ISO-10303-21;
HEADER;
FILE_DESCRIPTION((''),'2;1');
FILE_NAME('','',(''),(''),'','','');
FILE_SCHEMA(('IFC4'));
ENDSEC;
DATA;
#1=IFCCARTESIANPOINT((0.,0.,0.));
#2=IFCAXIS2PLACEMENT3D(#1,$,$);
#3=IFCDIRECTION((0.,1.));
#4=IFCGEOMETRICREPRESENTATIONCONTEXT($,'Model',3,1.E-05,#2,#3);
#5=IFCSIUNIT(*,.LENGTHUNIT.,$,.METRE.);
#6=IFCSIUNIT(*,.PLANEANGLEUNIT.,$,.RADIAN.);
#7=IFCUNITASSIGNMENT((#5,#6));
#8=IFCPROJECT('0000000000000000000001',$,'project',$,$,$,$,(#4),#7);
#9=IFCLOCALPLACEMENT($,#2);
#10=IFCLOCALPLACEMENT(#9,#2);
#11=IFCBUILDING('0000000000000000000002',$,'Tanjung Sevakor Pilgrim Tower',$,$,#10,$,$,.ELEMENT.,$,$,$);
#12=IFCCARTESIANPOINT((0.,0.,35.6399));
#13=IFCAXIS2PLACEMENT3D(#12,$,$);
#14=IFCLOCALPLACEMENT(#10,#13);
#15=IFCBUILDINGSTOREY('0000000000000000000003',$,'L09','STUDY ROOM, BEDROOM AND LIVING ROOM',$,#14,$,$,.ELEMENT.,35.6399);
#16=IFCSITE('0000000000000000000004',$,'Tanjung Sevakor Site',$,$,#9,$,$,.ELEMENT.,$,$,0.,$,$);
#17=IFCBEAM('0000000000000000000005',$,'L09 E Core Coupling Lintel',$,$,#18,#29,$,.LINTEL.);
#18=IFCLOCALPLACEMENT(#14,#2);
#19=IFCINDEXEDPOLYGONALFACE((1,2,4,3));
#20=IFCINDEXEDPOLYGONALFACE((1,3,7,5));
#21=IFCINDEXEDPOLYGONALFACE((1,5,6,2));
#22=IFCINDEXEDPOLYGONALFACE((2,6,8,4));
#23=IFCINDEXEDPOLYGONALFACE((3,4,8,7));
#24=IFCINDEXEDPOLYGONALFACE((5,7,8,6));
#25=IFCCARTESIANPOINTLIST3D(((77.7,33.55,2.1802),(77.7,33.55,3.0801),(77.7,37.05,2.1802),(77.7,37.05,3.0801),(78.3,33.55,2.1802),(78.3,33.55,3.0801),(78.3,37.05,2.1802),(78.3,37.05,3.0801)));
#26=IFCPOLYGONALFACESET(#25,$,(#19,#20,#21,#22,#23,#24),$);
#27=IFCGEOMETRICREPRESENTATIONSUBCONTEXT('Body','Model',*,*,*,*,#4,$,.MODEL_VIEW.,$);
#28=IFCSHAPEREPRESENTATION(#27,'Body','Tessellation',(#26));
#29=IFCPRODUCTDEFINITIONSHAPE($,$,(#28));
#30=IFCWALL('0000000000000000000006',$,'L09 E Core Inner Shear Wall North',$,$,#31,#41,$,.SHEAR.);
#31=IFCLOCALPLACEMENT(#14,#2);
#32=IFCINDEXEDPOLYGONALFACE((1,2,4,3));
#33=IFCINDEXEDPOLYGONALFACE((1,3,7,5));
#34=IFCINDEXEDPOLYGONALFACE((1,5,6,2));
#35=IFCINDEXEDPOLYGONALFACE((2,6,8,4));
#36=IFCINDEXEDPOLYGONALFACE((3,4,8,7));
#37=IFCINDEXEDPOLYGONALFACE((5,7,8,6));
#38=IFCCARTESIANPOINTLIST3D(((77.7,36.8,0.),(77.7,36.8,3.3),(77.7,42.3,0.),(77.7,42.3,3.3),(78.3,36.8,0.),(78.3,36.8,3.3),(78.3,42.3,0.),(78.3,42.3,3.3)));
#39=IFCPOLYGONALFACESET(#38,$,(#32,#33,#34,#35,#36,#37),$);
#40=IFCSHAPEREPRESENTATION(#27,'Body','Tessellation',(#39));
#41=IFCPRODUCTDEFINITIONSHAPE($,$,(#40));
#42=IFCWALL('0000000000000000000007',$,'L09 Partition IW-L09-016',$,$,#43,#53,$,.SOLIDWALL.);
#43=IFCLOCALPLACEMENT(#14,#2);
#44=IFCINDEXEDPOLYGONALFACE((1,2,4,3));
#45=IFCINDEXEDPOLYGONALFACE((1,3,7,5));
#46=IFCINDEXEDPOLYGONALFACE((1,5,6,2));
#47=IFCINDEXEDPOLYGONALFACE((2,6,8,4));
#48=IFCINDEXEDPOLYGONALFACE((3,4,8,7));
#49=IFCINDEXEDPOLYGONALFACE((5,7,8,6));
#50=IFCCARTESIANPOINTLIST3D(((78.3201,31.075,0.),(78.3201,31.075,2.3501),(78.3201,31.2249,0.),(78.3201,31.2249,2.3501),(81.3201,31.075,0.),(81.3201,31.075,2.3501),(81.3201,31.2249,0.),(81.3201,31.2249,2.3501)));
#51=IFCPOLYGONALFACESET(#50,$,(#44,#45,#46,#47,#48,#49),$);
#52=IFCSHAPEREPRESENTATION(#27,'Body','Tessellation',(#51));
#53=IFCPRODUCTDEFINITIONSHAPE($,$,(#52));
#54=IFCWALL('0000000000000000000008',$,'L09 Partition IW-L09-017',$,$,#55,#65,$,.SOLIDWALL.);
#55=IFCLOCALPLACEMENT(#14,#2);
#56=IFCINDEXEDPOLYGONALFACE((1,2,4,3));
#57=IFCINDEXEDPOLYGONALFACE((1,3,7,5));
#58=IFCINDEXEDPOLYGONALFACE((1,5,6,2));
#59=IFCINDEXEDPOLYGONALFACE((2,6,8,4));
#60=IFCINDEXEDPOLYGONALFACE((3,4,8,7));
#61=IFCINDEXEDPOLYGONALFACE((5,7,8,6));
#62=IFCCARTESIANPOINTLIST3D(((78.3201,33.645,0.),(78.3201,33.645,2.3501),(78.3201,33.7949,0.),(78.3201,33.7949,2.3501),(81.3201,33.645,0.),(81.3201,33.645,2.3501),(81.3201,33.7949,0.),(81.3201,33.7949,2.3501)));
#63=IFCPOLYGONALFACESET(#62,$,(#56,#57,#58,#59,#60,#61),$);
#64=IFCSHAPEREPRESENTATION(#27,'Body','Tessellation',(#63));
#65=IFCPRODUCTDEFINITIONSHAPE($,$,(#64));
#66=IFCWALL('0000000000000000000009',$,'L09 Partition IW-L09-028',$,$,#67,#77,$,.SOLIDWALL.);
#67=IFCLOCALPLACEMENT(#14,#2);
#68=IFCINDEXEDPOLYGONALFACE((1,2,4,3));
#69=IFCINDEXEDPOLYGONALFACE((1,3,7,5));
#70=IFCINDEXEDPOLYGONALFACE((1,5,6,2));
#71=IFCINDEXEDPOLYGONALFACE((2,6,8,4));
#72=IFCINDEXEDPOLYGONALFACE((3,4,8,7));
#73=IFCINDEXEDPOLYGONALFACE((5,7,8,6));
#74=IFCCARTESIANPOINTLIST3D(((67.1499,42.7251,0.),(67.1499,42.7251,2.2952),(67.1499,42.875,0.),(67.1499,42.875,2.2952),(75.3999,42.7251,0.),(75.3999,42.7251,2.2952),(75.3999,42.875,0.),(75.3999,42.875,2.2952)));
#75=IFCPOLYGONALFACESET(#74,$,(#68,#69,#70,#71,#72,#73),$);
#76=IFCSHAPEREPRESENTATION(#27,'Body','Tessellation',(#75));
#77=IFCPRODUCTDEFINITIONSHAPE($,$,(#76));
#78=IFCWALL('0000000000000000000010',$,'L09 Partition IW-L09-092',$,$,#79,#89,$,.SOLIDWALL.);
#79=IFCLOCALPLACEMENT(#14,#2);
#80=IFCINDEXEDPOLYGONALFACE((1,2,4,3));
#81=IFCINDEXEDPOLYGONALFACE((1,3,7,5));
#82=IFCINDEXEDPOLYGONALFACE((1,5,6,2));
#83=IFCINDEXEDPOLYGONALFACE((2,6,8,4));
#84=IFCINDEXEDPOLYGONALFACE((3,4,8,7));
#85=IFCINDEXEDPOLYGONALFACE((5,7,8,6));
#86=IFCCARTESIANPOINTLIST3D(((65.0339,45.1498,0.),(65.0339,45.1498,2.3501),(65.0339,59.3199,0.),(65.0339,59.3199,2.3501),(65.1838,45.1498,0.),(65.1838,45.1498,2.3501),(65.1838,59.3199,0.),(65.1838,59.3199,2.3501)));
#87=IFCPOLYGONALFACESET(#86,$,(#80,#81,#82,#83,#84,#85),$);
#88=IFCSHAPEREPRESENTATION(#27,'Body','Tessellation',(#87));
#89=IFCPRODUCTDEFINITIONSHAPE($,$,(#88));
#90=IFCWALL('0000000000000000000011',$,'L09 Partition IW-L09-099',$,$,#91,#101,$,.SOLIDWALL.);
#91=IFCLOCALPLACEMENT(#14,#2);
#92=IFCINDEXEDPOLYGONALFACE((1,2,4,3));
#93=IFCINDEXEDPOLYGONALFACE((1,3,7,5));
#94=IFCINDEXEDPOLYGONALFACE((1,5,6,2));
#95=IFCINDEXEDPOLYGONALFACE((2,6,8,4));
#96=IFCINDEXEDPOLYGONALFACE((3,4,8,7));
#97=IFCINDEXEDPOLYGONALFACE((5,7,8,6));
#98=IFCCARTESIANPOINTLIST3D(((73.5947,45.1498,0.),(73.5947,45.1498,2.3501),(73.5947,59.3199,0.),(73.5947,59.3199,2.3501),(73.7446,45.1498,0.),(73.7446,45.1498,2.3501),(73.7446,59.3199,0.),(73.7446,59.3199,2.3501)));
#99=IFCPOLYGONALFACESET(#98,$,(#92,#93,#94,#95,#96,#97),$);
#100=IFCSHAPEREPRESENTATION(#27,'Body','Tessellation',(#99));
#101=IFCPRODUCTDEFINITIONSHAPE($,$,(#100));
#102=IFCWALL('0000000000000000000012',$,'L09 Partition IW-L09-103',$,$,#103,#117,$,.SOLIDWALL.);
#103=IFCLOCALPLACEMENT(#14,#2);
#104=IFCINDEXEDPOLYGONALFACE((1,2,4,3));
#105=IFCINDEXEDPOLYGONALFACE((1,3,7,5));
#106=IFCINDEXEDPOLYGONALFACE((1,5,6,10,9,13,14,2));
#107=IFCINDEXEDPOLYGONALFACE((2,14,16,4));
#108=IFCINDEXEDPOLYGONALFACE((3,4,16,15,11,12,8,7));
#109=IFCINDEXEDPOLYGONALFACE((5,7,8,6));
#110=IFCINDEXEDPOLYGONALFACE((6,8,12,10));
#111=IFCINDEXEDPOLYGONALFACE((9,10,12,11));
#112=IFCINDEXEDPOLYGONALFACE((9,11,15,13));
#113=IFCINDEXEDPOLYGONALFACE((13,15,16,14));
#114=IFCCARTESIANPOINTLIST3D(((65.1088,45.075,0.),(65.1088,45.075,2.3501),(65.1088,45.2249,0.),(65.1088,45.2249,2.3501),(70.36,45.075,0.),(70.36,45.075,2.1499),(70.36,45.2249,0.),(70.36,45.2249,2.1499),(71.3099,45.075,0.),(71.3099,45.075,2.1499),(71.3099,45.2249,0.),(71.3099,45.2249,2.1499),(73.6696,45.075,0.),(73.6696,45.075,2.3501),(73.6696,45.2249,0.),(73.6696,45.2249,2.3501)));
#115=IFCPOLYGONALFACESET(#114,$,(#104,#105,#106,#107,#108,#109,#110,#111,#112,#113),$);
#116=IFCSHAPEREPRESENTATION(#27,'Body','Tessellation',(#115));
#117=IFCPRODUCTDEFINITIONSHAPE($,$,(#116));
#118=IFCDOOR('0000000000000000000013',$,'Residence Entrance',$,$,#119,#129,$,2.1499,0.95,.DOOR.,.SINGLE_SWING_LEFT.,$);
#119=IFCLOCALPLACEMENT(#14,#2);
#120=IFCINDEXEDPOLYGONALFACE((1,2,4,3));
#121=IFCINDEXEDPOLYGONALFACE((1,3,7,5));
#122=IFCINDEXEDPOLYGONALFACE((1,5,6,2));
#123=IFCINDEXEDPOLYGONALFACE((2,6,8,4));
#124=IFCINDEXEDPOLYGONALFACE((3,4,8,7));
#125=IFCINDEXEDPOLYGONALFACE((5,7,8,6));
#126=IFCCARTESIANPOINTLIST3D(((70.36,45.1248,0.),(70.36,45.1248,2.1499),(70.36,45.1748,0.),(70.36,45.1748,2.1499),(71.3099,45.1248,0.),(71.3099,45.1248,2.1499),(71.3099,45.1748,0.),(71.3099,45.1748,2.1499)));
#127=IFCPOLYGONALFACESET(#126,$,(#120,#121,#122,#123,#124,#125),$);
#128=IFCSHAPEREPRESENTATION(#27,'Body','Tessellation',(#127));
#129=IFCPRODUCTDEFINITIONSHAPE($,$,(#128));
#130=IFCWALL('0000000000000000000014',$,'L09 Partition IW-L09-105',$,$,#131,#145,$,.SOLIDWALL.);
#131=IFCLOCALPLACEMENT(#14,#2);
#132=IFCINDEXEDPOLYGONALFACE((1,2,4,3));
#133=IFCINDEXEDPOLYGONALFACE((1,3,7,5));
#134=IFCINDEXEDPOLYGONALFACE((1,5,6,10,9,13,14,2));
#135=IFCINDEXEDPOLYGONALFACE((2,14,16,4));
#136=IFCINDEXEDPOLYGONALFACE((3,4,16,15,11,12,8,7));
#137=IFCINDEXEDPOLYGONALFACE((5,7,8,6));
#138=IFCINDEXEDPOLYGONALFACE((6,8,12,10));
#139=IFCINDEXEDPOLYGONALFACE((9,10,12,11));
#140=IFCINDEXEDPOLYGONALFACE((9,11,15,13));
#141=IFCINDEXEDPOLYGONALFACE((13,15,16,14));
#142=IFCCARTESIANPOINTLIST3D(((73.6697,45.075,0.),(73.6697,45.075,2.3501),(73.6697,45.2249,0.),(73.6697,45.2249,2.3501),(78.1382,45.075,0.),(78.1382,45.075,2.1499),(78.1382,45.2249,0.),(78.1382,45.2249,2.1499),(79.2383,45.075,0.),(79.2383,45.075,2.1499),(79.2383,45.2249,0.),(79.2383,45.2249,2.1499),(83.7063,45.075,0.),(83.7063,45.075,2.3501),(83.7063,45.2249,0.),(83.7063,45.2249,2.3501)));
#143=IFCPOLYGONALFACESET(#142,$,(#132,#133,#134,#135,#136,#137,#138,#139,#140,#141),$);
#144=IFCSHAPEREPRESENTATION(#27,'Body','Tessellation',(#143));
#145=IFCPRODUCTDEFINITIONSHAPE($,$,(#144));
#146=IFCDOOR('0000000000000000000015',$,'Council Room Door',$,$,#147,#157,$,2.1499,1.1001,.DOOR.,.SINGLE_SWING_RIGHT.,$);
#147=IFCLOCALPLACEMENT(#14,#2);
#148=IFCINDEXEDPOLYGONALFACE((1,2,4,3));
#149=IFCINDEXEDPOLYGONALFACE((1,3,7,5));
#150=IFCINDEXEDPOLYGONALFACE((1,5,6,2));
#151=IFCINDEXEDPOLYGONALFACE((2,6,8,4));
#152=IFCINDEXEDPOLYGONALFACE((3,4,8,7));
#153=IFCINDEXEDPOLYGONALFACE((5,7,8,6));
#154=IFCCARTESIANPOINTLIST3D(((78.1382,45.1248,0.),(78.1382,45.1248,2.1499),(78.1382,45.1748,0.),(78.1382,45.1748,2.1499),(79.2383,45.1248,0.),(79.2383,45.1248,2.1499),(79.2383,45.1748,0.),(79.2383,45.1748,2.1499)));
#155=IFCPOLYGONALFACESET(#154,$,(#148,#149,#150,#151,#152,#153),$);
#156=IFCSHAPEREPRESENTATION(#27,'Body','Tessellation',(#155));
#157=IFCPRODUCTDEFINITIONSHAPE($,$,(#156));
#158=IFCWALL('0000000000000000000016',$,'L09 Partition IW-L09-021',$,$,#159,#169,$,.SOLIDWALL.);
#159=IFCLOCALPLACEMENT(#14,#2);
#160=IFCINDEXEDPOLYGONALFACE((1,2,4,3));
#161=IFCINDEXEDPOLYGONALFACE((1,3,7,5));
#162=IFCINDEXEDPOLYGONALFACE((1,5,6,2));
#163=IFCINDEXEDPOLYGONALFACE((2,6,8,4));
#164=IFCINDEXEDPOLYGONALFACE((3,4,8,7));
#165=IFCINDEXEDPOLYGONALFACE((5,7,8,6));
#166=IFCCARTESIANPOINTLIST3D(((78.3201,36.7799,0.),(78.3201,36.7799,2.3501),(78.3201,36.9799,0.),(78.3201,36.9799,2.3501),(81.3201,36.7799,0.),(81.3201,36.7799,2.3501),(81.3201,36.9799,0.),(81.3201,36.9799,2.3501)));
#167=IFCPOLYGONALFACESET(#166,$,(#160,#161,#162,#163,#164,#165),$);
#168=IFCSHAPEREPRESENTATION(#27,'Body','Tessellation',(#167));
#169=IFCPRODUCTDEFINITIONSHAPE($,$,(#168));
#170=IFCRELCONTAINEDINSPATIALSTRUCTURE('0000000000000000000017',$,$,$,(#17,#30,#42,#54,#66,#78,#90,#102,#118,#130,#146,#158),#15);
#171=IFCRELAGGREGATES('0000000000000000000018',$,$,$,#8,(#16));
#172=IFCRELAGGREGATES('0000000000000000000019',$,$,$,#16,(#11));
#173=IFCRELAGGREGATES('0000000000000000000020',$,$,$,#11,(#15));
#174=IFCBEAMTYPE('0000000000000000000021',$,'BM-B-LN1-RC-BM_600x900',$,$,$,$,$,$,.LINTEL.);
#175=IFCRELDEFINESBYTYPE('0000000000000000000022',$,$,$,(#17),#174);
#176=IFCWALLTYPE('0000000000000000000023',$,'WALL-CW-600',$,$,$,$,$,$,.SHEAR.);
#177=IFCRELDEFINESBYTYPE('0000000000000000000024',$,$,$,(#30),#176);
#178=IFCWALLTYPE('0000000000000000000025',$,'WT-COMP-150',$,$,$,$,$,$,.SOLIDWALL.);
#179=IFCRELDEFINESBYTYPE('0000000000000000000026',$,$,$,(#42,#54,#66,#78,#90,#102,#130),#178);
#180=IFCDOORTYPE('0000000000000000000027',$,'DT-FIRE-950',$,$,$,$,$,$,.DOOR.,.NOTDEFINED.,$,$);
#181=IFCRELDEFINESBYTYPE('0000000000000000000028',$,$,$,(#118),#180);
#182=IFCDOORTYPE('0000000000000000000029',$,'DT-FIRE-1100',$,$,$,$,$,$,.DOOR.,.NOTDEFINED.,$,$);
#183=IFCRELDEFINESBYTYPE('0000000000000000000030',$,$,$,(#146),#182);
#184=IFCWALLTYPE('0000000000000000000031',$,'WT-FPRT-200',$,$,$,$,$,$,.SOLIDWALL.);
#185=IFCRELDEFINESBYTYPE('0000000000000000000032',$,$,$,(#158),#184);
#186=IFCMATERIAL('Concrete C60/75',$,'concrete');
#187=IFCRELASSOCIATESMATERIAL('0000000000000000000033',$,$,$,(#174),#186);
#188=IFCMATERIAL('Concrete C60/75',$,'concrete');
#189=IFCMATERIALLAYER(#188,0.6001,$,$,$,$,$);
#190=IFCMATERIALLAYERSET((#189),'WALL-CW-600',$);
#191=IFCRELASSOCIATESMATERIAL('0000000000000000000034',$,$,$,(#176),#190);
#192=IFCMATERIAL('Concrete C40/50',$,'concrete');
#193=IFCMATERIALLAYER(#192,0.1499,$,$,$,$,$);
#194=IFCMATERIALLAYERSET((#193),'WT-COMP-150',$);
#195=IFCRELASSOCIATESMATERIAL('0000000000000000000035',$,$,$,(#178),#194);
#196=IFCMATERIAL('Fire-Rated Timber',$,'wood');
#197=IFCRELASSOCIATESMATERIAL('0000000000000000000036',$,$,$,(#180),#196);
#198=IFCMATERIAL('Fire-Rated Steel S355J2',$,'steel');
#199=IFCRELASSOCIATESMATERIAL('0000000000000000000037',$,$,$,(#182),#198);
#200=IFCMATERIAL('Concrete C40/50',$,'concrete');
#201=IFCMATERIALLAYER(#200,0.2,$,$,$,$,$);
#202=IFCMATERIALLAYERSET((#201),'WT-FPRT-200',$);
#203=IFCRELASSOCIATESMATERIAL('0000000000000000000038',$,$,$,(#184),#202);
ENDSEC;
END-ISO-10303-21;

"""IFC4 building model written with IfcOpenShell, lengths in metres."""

from ifc_helpers import new_model, si_unit, direction, frame, frame_2d, origin, origin_2d, place, context, subcontext, project, spatial, rectangle, extrude, material, layer, layer_set, material_profile, profile_set, type_object, element, fill, save


model = new_model("IFC4")

# Units and contexts
model_context = context("Model", 3, precision=1e-05, world=origin(), true_north=direction((0.0, 1.0)))
body_context = subcontext(model_context, "Body", "Model", "MODEL_VIEW")
ifc_project = project(units=[si_unit("LENGTHUNIT", "METRE"), si_unit("PLANEANGLEUNIT", "RADIAN")], contexts=[model_context])

# Site, building, storey
site_placement = place(None, origin())
site = spatial("IfcSite", under=ifc_project, at=site_placement, Name="Tanjung Sevakor Site", CompositionType="ELEMENT", RefElevation=0.0)
building_placement = place(site_placement, origin())
building = spatial("IfcBuilding", under=site, at=building_placement, Name="Tanjung Sevakor Pilgrim Tower", CompositionType="ELEMENT")
storey_placement = place(building_placement, frame((0.0, 0.0, 35.6399)))
storey = spatial("IfcBuildingStorey", under=building, at=storey_placement, Name="L09", Description="STUDY ROOM, BEDROOM AND LIVING ROOM", CompositionType="ELEMENT", Elevation=35.6399)

# Beam
ifc_material_1 = material(Name="Concrete C60/75", Category="concrete")
ifc_material_profile_1 = material_profile(ifc_material_1, rectangle(XDim=0.6001, YDim=0.8999, at=origin_2d()))
ifc_profile_set_1 = profile_set([ifc_material_profile_1], Name="Concrete C60/75")
beam_type_1 = type_object("IfcBeamType", Name="BM-B-LN1-RC-BM_600x900", PredefinedType="LINTEL", material=ifc_profile_set_1)
beam_1_placement = place(storey_placement, frame((78.0, 33.55, 2.6301), z_axis=(0.0, 1.0, 0.0), x_axis=(-1.0, 0.0, 0.0)))
element("IfcBeam", 1, at=beam_1_placement, inside=storey, type_object=beam_type_1, Name="L09 E Core Coupling Lintel", PredefinedType="LINTEL", context=body_context, shape_type="SweptSolid", body=[
    extrude(rectangle(XDim=0.6001, YDim=0.8999, at=origin_2d()), origin(), (0.0, 0.0, 1.0), 3.5),
])

# Walls
ifc_material_2 = material(Name="Concrete C60/75", Category="concrete")
ifc_layer_1 = layer(ifc_material_2, 0.6001)
ifc_layer_set_1 = layer_set([ifc_layer_1], Name="WALL-CW-600")
wall_type_1 = type_object("IfcWallType", Name="WALL-CW-600", PredefinedType="SHEAR", material=ifc_layer_set_1)
wall_1_placement = place(storey_placement, frame((78.0, 36.8, 0.0), z_axis=(0.0, 0.0, 1.0), x_axis=(0.0, 1.0, 0.0)))
element("IfcWall", 2, at=wall_1_placement, inside=storey, type_object=wall_type_1, Name="L09 E Core Inner Shear Wall North", PredefinedType="SHEAR", context=body_context, shape_type="SweptSolid", body=[
    extrude(rectangle(XDim=5.5, YDim=0.6001, at=frame_2d((2.75, 0.0))), origin(), (0.0, 0.0, 1.0), 3.3),
])
ifc_material_3 = material(Name="Concrete C40/50", Category="concrete")
ifc_layer_2 = layer(ifc_material_3, 0.1499)
ifc_layer_set_2 = layer_set([ifc_layer_2], Name="WT-COMP-150")
wall_type_2 = type_object("IfcWallType", Name="WT-COMP-150", PredefinedType="SOLIDWALL", material=ifc_layer_set_2)
for number, where, z_axis, x_axis, name in (
    (3, (78.3201, 31.1499, 0.0), (0.0, 0.0, 1.0), (1.0, 0.0, 0.0), "L09 Partition IW-L09-016"),
    (4, (78.3201, 33.72, 0.0), (0.0, 0.0, 1.0), (1.0, 0.0, 0.0), "L09 Partition IW-L09-017"),
):
    element("IfcWall", number, at=place(storey_placement, frame(where, z_axis=z_axis, x_axis=x_axis)), inside=storey, type_object=wall_type_2, Name=name, PredefinedType="SOLIDWALL", context=body_context, shape_type="SweptSolid", body=[
        extrude(rectangle(XDim=3.0, YDim=0.1499, at=frame_2d((1.5, 0.0))), origin(), (0.0, 0.0, 1.0), 2.3501),
    ])
wall_2_placement = place(storey_placement, frame((67.1499, 42.8, 0.0), z_axis=(0.0, 0.0, 1.0), x_axis=(1.0, 0.0, 0.0)))
element("IfcWall", 5, at=wall_2_placement, inside=storey, type_object=wall_type_2, Name="L09 Partition IW-L09-028", PredefinedType="SOLIDWALL", context=body_context, shape_type="SweptSolid", body=[
    extrude(rectangle(XDim=8.25, YDim=0.1499, at=frame_2d((4.125, 0.0))), origin(), (0.0, 0.0, 1.0), 2.2952),
])
for number, where, z_axis, x_axis, name in (
    (6, (65.1089, 45.1499, 0.0), (0.0, 0.0, 1.0), (0.0, 1.0, 0.0), "L09 Partition IW-L09-092"),
    (7, (73.6697, 45.1499, 0.0), (0.0, 0.0, 1.0), (0.0, 1.0, 0.0), "L09 Partition IW-L09-099"),
):
    element("IfcWall", number, at=place(storey_placement, frame(where, z_axis=z_axis, x_axis=x_axis)), inside=storey, type_object=wall_type_2, Name=name, PredefinedType="SOLIDWALL", context=body_context, shape_type="SweptSolid", body=[
        extrude(rectangle(XDim=14.1702, YDim=0.1499, at=frame_2d((7.085, 0.0))), origin(), (0.0, 0.0, 1.0), 2.3501),
    ])

# Walls, openings, doors
wall_3_placement = place(storey_placement, frame((65.1089, 45.1499, 0.0), z_axis=(0.0, 0.0, 1.0), x_axis=(1.0, 0.0, 0.0)))
wall_3 = element("IfcWall", 8, at=wall_3_placement, inside=storey, type_object=wall_type_2, Name="L09 Partition IW-L09-103", PredefinedType="SOLIDWALL", context=body_context, shape_type="SweptSolid", body=[
    extrude(rectangle(XDim=8.5608, YDim=0.1499, at=frame_2d((4.2803, 0.0))), origin(), (0.0, 0.0, 1.0), 2.3501),
])
opening_1_placement = place(wall_3_placement, frame((5.251, 0.0, 0.0)))
opening_1 = element("IfcOpeningElement", 9, at=opening_1_placement, cuts=wall_3, PredefinedType="OPENING", context=body_context, shape_type="SweptSolid", body=[
    extrude(rectangle(XDim=0.95, YDim=2.1499, at=frame_2d((0.4751, 1.075))), frame((0.0, 0.085, 0.0), z_axis=(0.0, -1.0, 0.0), x_axis=(1.0, 0.0, 0.0)), (0.0, 0.0, 1.0), 0.1699),
])
ifc_material_4 = material(Name="Fire-Rated Timber", Category="wood")
door_type_1 = type_object("IfcDoorType", Name="DT-FIRE-950", OperationType="NOTDEFINED", PredefinedType="DOOR", material=ifc_material_4)
door_1_placement = place(opening_1_placement, origin())
door_1 = element("IfcDoor", 10, at=door_1_placement, inside=storey, type_object=door_type_1, Name="Residence Entrance", OperationType="SINGLE_SWING_LEFT", OverallHeight=2.1499, OverallWidth=0.95, PredefinedType="DOOR", context=body_context, shape_type="SweptSolid", body=[
    extrude(rectangle(XDim=0.95, YDim=2.1499, at=frame_2d((0.4751, 1.075))), frame((0.0, 0.0249, 0.0), z_axis=(0.0, -1.0, 0.0), x_axis=(1.0, 0.0, 0.0)), (0.0, 0.0, 1.0), 0.05),
])
fill(opening_1, door_1)
wall_4_placement = place(storey_placement, frame((73.6697, 45.1499, 0.0), z_axis=(0.0, 0.0, 1.0), x_axis=(1.0, 0.0, 0.0)))
wall_4 = element("IfcWall", 11, at=wall_4_placement, inside=storey, type_object=wall_type_2, Name="L09 Partition IW-L09-105", PredefinedType="SOLIDWALL", context=body_context, shape_type="SweptSolid", body=[
    extrude(rectangle(XDim=10.0366, YDim=0.1499, at=frame_2d((5.0183, 0.0))), origin(), (0.0, 0.0, 1.0), 2.3501),
])
opening_2_placement = place(wall_4_placement, frame((4.4685, 0.0, 0.0)))
opening_2 = element("IfcOpeningElement", 12, at=opening_2_placement, cuts=wall_4, PredefinedType="OPENING", context=body_context, shape_type="SweptSolid", body=[
    extrude(rectangle(XDim=1.1001, YDim=2.1499, at=frame_2d((0.55, 1.075))), frame((0.0, 0.085, 0.0), z_axis=(0.0, -1.0, 0.0), x_axis=(1.0, 0.0, 0.0)), (0.0, 0.0, 1.0), 0.1699),
])
ifc_material_5 = material(Name="Fire-Rated Steel S355J2", Category="steel")
door_type_2 = type_object("IfcDoorType", Name="DT-FIRE-1100", OperationType="NOTDEFINED", PredefinedType="DOOR", material=ifc_material_5)
door_2_placement = place(opening_2_placement, origin())
door_2 = element("IfcDoor", 13, at=door_2_placement, inside=storey, type_object=door_type_2, Name="Council Room Door", OperationType="SINGLE_SWING_RIGHT", OverallHeight=2.1499, OverallWidth=1.1001, PredefinedType="DOOR", context=body_context, shape_type="SweptSolid", body=[
    extrude(rectangle(XDim=1.1001, YDim=2.1499, at=frame_2d((0.55, 1.075))), frame((0.0, 0.0249, 0.0), z_axis=(0.0, -1.0, 0.0), x_axis=(1.0, 0.0, 0.0)), (0.0, 0.0, 1.0), 0.05),
])
fill(opening_2, door_2)

# Wall
ifc_material_6 = material(Name="Concrete C40/50", Category="concrete")
ifc_layer_3 = layer(ifc_material_6, 0.2)
ifc_layer_set_3 = layer_set([ifc_layer_3], Name="WT-FPRT-200")
wall_type_3 = type_object("IfcWallType", Name="WT-FPRT-200", PredefinedType="SOLIDWALL", material=ifc_layer_set_3)
wall_5_placement = place(storey_placement, frame((78.3201, 36.8799, 0.0), z_axis=(0.0, 0.0, 1.0), x_axis=(1.0, 0.0, 0.0)))
element("IfcWall", 14, at=wall_5_placement, inside=storey, type_object=wall_type_3, Name="L09 Partition IW-L09-021", PredefinedType="SOLIDWALL", context=body_context, shape_type="SweptSolid", body=[
    extrude(rectangle(XDim=3.0, YDim=0.2, at=frame_2d((1.5, 0.0))), origin(), (0.0, 0.0, 1.0), 2.3501),
])

save(model, "model.ifc")
